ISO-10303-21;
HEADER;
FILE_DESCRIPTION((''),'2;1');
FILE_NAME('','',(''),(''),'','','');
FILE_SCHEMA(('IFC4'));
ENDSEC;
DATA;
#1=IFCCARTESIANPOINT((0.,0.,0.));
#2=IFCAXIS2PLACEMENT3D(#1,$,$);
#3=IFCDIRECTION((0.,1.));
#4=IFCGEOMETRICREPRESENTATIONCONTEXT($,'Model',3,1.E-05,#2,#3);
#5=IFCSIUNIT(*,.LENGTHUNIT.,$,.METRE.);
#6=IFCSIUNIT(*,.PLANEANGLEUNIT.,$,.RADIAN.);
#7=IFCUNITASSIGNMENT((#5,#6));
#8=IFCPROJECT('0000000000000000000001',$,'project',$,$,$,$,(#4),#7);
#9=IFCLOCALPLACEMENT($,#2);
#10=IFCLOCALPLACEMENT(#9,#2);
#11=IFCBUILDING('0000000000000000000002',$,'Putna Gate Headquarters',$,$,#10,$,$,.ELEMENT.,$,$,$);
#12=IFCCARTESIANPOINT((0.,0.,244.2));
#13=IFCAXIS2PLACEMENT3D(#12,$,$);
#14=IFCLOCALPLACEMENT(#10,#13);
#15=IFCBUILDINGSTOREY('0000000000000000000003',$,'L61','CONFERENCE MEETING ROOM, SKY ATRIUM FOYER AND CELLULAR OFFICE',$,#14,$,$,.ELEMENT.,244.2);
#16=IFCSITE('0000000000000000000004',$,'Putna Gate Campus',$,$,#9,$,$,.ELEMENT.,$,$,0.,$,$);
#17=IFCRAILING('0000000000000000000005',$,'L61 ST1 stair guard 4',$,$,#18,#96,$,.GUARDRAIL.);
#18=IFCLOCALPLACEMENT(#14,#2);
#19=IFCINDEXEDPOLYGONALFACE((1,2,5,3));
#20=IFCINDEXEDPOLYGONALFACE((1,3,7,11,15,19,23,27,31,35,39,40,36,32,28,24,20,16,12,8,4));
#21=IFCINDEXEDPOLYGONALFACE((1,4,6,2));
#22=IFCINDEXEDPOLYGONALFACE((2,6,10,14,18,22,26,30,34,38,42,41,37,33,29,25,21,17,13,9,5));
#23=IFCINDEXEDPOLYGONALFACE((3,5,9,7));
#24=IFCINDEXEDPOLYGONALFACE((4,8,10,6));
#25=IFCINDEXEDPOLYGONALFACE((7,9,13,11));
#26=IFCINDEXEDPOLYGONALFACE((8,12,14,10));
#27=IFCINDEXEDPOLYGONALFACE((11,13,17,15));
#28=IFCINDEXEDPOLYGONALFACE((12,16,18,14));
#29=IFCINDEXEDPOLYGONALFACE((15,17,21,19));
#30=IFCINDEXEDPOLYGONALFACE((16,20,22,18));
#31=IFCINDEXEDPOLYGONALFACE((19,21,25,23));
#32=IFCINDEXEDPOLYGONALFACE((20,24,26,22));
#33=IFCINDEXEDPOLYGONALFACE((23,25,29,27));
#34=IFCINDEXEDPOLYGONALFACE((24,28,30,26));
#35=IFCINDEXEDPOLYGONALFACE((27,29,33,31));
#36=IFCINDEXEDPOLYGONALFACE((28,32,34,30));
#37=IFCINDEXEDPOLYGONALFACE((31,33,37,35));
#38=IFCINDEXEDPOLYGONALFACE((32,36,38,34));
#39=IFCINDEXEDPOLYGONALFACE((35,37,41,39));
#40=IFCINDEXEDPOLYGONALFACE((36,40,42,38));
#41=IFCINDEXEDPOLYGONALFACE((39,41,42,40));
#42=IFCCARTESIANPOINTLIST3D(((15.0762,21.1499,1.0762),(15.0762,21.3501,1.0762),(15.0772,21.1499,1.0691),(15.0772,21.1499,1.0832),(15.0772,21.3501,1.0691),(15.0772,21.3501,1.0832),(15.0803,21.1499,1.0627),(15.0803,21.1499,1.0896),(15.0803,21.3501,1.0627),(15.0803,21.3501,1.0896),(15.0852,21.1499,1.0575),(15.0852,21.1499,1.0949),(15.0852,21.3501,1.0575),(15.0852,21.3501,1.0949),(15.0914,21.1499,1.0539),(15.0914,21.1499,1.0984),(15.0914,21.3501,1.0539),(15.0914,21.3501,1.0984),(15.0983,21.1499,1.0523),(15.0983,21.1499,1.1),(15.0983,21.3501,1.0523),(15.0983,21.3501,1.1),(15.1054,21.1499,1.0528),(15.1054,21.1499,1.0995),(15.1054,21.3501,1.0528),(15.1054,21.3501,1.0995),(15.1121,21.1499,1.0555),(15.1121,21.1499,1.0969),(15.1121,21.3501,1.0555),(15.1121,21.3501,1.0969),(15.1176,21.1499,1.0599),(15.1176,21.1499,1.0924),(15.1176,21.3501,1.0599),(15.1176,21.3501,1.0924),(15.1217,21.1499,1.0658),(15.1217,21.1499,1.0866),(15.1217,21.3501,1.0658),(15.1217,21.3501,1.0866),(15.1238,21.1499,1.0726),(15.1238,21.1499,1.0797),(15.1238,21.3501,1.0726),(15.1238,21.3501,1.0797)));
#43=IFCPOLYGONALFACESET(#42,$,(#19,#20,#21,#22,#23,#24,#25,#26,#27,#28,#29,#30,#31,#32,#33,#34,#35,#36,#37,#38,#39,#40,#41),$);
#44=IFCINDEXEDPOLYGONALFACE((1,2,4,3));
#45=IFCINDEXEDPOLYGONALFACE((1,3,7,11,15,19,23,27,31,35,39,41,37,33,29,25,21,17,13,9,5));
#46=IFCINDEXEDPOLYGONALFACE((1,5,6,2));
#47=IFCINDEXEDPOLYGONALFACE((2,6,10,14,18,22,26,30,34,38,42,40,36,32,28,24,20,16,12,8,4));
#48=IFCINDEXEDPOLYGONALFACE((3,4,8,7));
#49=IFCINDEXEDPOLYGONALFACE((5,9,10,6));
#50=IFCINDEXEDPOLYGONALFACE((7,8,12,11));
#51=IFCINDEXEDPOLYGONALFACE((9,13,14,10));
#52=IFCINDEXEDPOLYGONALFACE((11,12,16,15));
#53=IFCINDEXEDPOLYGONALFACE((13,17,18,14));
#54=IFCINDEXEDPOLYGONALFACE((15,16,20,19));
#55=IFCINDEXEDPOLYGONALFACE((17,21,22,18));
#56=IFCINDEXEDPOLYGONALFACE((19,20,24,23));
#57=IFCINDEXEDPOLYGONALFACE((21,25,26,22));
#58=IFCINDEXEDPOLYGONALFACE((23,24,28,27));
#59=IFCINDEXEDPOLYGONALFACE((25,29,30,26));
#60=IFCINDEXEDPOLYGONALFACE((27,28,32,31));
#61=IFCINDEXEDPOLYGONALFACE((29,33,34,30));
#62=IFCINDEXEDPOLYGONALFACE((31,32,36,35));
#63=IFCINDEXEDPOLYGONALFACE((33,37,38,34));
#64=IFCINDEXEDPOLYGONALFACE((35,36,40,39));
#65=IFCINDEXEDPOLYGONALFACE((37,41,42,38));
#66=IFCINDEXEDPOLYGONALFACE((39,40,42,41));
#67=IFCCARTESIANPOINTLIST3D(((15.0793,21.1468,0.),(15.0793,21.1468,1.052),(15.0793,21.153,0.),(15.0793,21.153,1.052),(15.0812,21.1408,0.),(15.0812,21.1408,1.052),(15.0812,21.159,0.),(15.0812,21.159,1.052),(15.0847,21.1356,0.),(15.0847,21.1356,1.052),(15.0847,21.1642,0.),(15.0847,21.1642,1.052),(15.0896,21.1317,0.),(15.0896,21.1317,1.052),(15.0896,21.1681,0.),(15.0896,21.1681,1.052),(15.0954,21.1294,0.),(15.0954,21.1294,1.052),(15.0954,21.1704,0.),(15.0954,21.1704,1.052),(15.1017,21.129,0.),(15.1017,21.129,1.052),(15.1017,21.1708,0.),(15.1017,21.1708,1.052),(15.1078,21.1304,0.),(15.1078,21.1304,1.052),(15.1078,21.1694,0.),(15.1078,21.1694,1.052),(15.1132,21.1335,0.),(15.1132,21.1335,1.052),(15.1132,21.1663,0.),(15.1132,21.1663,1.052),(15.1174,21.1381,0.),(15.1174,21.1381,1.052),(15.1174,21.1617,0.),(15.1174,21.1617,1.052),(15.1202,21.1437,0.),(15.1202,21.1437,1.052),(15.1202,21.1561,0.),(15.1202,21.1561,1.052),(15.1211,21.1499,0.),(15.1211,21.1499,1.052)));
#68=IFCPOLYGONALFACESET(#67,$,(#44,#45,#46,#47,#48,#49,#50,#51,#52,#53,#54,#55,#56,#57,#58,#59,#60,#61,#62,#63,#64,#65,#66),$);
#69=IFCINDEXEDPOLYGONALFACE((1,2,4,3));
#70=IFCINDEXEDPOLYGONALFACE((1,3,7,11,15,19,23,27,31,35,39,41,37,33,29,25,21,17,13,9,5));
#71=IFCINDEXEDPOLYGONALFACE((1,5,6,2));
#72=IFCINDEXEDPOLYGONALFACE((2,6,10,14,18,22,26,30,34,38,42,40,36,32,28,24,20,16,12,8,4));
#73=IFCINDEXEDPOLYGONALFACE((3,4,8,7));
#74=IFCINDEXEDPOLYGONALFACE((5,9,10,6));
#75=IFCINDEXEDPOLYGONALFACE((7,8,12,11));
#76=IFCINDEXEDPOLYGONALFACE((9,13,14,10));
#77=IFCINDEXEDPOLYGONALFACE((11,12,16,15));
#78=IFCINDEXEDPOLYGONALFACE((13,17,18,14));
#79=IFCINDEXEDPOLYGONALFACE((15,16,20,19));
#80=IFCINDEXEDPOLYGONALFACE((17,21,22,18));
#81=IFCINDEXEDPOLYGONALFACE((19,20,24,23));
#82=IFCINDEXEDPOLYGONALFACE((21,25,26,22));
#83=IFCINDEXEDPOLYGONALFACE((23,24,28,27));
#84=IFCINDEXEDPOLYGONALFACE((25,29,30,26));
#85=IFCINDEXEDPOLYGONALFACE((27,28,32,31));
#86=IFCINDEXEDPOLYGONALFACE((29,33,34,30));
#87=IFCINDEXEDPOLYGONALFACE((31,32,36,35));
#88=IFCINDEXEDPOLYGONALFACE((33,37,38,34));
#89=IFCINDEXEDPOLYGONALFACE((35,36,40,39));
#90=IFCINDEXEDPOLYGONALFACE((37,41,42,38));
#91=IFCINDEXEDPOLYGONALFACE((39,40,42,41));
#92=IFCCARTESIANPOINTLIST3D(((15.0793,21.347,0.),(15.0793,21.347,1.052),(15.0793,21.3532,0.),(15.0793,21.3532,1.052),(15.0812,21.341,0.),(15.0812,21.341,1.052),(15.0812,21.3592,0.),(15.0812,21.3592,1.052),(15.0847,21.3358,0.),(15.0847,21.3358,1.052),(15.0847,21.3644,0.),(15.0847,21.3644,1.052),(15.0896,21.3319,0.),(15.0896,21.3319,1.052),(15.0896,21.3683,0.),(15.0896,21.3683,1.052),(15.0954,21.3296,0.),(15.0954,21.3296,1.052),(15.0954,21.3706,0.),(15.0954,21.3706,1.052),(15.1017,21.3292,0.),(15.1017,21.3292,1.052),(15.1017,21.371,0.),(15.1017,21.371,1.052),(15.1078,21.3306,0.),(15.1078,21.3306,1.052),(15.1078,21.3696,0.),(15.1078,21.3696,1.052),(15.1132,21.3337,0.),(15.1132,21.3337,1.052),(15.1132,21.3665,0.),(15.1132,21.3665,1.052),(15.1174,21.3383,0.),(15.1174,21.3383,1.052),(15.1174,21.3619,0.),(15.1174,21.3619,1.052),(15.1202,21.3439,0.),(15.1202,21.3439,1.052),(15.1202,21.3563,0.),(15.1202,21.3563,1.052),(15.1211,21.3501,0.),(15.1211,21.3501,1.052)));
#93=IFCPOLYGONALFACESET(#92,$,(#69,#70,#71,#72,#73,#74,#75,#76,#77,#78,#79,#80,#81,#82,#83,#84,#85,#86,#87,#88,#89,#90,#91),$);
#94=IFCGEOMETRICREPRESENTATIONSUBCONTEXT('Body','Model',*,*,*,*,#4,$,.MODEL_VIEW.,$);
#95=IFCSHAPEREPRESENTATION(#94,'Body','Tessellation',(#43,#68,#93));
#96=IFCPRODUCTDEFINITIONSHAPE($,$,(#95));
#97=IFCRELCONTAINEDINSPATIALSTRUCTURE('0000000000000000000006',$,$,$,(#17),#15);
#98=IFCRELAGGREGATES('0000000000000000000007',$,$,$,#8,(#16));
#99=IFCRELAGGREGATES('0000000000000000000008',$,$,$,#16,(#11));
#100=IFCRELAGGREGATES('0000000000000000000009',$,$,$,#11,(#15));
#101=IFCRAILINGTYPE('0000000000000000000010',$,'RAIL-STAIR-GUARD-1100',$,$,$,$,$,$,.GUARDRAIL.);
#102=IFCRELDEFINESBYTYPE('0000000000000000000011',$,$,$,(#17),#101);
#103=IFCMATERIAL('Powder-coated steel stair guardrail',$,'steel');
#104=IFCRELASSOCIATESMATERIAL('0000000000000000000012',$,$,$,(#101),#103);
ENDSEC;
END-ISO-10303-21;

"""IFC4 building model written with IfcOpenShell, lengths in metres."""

from ifc_helpers import new_model, si_unit, direction, frame, origin, origin_2d, place, context, subcontext, project, spatial, circle, extrude, material, type_object, element, save


model = new_model("IFC4")

# Units and contexts
model_context = context("Model", 3, precision=1e-05, world=origin(), true_north=direction((0.0, 1.0)))
body_context = subcontext(model_context, "Body", "Model", "MODEL_VIEW")
ifc_project = project(units=[si_unit("LENGTHUNIT", "METRE"), si_unit("PLANEANGLEUNIT", "RADIAN")], contexts=[model_context])

# Site, building, storey
site_placement = place(None, origin())
site = spatial("IfcSite", under=ifc_project, at=site_placement, Name="Putna Gate Campus", CompositionType="ELEMENT", RefElevation=0.0)
building_placement = place(site_placement, origin())
building = spatial("IfcBuilding", under=site, at=building_placement, Name="Putna Gate Headquarters", CompositionType="ELEMENT")
storey_placement = place(building_placement, frame((0.0, 0.0, 244.2)))
storey = spatial("IfcBuildingStorey", under=building, at=storey_placement, Name="L61", Description="CONFERENCE MEETING ROOM, SKY ATRIUM FOYER AND CELLULAR OFFICE", CompositionType="ELEMENT", Elevation=244.2)

# Railing
ifc_material_1 = material(Name="Powder-coated steel stair guardrail", Category="steel")
railing_type_1 = type_object("IfcRailingType", Name="RAIL-STAIR-GUARD-1100", PredefinedType="GUARDRAIL", material=ifc_material_1)
railing_1_placement = place(storey_placement, frame((15.1001, 21.1499, 0.0)))
element("IfcRailing", 1, at=railing_1_placement, inside=storey, type_object=railing_type_1, Name="L61 ST1 stair guard 4", PredefinedType="GUARDRAIL", context=body_context, shape_type="SweptSolid", body=[
    extrude(circle(Radius=0.0239, at=origin_2d()), frame((0.0, 0.0, 1.0762), z_axis=(0.0, 1.0, 0.0), x_axis=(-1.0, 0.0, 0.0)), (0.0, 0.0, 1.0), 0.2002),
    extrude(circle(Radius=0.021, at=origin_2d()), origin(), (0.0, 0.0, 1.0), 1.052),
    extrude(circle(Radius=0.021, at=origin_2d()), frame((0.0, 0.2002, 0.0)), (0.0, 0.0, 1.0), 1.052),
])

save(model, "model.ifc")
